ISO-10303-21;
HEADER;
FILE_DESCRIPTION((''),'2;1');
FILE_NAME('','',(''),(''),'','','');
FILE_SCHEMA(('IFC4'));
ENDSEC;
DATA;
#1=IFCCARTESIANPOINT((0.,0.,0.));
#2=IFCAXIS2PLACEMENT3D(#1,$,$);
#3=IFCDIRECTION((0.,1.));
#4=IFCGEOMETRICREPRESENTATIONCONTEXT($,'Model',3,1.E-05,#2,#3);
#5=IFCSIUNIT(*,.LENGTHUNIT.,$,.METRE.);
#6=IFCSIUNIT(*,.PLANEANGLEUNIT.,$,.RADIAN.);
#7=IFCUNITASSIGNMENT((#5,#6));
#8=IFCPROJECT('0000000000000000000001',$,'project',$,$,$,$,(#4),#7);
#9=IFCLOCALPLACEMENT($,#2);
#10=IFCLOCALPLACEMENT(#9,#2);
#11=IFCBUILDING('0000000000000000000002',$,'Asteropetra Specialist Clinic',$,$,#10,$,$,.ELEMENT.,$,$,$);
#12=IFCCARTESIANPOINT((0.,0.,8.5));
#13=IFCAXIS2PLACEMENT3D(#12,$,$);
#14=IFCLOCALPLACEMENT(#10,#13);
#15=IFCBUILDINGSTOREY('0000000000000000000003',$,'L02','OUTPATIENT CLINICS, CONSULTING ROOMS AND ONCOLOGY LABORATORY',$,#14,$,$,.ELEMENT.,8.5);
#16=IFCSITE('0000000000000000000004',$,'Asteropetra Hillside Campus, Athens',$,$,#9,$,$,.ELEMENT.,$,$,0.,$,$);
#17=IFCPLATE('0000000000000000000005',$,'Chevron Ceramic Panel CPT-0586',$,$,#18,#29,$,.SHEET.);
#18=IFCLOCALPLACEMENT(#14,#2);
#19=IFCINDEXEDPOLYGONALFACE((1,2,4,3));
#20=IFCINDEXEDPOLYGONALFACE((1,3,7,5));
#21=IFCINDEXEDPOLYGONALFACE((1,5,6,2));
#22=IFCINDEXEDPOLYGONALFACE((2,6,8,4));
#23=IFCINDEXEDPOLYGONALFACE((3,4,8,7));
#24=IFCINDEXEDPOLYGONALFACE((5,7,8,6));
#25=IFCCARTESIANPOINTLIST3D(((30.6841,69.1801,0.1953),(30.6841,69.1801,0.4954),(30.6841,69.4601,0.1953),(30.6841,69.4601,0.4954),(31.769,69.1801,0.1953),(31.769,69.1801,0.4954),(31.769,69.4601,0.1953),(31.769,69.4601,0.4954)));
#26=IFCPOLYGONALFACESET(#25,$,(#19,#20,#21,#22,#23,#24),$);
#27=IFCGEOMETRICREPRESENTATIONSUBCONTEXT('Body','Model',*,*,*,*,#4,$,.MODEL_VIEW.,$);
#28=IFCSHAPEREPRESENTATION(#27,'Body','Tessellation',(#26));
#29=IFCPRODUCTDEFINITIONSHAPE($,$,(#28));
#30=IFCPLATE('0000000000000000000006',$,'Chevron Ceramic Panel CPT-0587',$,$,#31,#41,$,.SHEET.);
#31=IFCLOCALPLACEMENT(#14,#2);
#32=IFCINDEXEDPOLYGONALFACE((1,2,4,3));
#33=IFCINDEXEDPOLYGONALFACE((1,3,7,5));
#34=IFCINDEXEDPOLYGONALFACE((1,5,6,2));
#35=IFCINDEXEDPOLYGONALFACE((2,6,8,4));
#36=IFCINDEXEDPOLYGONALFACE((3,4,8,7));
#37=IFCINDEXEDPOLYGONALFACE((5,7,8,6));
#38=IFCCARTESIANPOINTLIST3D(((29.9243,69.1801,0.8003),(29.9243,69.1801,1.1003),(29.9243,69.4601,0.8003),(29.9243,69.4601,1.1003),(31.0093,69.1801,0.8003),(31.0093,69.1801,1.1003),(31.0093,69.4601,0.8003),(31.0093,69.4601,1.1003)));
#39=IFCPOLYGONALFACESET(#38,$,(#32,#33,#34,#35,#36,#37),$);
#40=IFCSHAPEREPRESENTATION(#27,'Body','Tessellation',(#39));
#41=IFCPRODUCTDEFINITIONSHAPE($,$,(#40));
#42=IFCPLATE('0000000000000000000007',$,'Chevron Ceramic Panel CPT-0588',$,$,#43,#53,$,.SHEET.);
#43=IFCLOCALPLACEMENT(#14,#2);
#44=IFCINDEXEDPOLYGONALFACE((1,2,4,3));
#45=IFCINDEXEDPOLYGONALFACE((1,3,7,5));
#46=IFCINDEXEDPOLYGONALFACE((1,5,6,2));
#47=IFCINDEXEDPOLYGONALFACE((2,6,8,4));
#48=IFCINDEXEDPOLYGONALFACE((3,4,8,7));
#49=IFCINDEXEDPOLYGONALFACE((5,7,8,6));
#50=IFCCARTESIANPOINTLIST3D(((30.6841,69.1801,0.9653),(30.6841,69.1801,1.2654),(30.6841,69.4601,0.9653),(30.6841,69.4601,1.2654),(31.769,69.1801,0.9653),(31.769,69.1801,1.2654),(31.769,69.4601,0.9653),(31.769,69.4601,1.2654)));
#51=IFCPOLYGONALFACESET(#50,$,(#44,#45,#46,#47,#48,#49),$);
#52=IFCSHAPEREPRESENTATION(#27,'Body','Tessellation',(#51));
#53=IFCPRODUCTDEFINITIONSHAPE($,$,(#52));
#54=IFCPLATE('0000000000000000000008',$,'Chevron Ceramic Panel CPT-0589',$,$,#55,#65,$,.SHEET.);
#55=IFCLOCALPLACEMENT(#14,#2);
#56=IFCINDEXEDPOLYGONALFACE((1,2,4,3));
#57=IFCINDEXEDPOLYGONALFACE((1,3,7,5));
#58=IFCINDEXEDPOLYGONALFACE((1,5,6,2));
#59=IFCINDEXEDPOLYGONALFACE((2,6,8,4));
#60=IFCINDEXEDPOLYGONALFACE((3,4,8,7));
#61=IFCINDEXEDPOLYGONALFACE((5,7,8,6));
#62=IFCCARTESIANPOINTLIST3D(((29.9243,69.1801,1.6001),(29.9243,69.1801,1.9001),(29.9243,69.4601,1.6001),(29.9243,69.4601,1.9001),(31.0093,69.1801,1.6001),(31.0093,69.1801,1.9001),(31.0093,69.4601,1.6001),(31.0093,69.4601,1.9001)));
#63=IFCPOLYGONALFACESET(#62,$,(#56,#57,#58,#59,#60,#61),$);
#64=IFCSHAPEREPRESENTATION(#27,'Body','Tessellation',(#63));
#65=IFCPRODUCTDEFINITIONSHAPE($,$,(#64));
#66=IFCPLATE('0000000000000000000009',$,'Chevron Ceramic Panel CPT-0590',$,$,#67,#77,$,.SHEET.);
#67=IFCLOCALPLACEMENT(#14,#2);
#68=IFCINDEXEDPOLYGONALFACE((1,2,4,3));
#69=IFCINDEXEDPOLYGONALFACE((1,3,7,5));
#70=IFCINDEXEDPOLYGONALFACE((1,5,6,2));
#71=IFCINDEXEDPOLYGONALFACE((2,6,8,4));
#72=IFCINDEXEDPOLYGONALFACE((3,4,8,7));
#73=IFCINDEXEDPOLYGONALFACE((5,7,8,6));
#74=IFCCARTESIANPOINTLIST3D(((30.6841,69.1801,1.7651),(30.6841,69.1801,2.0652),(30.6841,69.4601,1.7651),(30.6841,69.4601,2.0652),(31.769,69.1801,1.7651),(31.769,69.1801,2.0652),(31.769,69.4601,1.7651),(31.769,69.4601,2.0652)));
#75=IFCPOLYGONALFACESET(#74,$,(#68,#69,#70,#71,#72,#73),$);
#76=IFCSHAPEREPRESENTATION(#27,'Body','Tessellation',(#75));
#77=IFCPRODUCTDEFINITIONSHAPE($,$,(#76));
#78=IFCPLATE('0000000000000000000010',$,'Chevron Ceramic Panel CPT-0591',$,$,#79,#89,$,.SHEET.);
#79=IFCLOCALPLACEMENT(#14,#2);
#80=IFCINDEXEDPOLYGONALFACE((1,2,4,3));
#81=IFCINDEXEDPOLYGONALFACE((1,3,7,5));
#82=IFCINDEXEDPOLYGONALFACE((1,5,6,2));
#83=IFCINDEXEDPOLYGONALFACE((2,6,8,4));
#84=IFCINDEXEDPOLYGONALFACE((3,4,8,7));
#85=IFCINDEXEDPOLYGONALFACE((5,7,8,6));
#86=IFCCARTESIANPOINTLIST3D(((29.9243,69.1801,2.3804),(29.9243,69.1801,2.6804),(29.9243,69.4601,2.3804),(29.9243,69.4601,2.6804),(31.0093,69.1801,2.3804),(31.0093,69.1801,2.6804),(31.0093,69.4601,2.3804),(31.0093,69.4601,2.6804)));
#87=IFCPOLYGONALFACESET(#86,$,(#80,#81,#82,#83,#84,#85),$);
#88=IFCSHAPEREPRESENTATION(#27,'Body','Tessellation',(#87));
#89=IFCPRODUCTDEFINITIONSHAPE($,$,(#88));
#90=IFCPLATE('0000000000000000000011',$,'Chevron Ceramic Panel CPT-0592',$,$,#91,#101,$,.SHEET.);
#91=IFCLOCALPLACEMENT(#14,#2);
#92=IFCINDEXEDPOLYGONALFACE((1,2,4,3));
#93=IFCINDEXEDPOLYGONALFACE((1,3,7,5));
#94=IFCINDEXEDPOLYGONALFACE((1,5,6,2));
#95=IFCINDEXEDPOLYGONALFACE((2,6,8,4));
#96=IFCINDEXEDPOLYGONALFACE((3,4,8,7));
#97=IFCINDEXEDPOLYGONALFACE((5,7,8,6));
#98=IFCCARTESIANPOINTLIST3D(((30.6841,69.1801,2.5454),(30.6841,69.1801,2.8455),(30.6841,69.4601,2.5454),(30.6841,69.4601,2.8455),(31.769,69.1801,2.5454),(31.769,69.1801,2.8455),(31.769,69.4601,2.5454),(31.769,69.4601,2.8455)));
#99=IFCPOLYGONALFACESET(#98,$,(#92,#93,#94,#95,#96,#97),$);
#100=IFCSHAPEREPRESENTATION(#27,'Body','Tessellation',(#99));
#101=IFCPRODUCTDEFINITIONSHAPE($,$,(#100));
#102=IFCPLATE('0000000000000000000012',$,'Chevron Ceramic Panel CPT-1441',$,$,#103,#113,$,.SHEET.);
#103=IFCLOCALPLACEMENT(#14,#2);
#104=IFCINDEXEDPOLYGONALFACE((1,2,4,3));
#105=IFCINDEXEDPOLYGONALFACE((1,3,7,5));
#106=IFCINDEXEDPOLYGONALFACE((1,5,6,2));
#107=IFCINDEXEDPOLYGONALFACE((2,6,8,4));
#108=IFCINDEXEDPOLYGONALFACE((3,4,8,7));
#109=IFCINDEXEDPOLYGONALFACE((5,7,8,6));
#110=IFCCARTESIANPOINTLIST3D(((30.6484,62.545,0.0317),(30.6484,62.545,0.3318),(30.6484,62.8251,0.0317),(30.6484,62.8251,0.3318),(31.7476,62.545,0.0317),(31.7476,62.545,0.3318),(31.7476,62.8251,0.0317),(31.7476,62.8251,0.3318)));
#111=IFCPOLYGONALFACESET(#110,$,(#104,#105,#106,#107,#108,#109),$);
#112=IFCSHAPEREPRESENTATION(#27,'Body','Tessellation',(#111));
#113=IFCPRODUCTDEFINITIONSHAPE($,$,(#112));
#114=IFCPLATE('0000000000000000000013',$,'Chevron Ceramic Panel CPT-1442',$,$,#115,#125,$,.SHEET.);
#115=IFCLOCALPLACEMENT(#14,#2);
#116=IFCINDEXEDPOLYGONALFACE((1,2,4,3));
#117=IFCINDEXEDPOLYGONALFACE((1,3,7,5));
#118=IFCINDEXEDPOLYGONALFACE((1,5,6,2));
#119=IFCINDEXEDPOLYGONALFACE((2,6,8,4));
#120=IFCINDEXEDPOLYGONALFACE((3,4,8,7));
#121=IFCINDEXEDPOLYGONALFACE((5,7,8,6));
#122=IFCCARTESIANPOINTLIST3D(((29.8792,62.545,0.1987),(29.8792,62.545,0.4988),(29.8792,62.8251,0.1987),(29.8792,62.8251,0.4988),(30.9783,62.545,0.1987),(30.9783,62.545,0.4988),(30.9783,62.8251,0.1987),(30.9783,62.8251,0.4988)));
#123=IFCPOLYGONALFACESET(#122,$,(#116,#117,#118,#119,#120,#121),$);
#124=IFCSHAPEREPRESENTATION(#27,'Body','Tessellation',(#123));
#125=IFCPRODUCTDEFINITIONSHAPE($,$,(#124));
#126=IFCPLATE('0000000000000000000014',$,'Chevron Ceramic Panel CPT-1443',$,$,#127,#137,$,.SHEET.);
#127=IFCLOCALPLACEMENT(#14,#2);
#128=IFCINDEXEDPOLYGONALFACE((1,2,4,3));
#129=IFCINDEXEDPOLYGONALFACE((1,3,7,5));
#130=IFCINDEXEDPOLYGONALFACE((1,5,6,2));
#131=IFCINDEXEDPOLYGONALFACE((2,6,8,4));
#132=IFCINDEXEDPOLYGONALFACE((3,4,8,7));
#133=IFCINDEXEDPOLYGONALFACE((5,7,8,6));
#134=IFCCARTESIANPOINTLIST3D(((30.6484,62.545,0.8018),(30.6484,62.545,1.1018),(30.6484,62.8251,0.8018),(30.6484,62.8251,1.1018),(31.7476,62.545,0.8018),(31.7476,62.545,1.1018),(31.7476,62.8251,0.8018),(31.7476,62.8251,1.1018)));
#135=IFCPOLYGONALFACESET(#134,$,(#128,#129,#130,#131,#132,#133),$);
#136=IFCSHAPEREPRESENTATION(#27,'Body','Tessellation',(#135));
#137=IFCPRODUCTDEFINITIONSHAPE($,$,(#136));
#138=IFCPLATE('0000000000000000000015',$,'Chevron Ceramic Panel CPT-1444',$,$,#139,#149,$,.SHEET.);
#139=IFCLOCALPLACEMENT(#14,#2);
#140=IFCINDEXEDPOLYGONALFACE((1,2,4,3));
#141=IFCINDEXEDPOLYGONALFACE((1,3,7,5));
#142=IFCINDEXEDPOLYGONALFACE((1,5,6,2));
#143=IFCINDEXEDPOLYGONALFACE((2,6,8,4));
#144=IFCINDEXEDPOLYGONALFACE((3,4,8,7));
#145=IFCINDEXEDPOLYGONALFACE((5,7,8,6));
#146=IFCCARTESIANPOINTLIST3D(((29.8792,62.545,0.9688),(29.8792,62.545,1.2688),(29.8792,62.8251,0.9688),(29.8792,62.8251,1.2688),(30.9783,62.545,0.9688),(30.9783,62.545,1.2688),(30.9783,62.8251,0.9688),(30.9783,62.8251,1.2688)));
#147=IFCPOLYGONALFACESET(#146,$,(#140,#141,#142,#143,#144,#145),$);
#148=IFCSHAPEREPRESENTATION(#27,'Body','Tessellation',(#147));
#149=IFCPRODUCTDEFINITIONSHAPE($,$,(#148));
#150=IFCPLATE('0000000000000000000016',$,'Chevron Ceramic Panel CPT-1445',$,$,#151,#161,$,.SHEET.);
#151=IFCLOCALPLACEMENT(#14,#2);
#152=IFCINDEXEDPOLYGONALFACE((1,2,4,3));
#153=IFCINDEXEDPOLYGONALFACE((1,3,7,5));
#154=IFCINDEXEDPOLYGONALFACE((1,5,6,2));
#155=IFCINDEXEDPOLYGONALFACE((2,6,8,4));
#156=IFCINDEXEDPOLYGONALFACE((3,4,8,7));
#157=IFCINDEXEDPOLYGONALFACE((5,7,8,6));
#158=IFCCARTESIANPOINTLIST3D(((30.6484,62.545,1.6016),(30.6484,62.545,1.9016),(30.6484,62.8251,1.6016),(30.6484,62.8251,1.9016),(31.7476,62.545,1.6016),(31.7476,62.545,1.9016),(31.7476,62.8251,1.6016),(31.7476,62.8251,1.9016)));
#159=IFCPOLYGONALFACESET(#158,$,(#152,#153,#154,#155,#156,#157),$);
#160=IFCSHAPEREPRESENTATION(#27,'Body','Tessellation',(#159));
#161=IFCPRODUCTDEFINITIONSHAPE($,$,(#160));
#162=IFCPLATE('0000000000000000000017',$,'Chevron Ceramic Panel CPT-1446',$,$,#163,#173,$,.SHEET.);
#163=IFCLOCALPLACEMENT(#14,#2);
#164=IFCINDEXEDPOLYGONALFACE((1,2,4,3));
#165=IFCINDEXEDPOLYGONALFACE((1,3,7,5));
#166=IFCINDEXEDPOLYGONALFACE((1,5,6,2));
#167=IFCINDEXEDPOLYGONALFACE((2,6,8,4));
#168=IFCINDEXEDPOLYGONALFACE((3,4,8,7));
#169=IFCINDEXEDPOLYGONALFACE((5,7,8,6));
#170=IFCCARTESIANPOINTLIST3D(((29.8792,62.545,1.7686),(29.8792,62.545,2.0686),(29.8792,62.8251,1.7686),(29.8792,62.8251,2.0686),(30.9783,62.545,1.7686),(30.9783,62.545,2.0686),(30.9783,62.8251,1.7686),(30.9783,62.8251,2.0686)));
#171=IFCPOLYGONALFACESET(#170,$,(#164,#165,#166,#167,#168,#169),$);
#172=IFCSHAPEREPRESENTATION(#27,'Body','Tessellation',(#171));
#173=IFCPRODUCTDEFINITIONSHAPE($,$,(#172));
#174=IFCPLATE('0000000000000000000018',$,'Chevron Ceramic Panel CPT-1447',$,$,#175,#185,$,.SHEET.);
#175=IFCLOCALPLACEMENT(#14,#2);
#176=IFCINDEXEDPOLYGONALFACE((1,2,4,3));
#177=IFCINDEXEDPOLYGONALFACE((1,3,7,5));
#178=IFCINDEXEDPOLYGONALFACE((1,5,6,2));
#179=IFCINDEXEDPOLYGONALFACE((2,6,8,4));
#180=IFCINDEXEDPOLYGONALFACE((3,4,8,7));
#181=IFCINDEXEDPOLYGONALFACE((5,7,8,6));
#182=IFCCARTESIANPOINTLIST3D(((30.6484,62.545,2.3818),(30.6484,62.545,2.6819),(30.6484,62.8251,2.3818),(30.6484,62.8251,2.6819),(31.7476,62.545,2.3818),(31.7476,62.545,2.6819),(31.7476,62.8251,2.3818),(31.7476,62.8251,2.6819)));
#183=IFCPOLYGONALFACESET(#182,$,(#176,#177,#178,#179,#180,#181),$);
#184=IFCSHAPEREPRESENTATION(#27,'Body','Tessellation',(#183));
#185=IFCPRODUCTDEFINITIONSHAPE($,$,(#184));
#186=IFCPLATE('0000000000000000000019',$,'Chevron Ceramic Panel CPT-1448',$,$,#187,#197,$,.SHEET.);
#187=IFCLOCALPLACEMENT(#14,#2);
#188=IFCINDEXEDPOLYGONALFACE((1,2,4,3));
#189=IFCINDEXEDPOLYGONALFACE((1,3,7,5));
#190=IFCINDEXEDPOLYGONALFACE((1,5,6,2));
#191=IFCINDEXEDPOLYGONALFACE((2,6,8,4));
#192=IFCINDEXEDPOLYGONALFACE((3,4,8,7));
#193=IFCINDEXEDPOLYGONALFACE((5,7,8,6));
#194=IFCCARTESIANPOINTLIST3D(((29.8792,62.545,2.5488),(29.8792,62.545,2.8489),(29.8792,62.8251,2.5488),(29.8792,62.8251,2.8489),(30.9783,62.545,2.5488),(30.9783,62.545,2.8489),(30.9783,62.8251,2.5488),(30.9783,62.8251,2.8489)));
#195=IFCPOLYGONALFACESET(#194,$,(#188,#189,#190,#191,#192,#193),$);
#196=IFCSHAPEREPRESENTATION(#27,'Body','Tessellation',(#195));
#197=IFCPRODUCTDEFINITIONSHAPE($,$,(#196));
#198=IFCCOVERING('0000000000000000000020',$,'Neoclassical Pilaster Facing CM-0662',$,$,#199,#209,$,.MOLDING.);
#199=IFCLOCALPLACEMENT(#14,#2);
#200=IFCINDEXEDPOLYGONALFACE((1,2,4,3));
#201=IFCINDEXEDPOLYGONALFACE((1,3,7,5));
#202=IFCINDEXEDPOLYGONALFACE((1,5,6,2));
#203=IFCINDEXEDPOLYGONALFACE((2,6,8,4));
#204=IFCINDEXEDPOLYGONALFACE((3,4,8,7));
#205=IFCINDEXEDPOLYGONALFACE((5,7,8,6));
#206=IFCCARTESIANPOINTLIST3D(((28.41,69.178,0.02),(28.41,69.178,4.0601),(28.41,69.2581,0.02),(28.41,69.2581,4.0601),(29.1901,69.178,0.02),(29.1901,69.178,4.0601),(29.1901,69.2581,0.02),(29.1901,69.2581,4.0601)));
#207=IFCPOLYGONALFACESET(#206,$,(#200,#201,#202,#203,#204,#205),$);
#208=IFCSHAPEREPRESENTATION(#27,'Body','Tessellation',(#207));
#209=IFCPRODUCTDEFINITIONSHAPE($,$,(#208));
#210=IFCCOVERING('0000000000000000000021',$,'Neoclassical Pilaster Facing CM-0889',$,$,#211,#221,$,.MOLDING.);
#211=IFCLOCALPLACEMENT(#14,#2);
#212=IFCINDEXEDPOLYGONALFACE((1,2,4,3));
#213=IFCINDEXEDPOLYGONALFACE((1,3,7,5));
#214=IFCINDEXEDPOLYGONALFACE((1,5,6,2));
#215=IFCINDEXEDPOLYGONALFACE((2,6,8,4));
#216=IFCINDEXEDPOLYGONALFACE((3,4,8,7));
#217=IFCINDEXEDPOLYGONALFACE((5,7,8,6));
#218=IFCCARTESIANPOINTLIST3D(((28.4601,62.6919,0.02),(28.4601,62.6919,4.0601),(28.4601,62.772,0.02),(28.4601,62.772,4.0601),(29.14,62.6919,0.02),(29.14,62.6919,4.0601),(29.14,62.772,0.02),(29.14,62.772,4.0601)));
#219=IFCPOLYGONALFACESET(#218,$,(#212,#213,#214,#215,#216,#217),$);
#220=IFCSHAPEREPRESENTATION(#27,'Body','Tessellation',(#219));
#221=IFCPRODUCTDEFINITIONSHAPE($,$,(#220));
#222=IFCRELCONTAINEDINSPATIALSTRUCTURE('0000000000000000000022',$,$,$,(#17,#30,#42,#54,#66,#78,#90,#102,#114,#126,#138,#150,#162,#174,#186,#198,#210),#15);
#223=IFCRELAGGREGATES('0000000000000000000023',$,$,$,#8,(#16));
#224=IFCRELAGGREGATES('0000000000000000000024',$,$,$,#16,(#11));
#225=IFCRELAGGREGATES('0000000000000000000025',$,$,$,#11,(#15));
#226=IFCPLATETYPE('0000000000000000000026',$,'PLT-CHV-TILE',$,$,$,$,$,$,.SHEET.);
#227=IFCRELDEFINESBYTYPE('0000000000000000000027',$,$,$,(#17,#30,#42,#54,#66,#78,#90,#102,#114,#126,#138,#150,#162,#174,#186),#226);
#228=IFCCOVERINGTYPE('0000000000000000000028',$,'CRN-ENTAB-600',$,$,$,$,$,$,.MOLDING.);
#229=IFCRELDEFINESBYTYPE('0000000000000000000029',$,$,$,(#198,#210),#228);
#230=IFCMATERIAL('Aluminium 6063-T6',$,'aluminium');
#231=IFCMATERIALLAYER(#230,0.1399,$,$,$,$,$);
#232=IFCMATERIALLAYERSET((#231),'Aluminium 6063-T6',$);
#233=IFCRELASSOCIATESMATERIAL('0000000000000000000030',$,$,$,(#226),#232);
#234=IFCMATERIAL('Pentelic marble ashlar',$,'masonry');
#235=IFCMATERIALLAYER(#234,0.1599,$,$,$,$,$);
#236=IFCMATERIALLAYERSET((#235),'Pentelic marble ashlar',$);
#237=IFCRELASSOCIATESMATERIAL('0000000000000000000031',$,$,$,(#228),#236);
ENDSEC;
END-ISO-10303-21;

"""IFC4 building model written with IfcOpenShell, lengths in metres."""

from ifc_helpers import new_model, si_unit, direction, frame, origin, origin_2d, place, context, subcontext, project, spatial, rectangle, extrude, material, layer, layer_set, type_object, element, save


model = new_model("IFC4")

# Units and contexts
model_context = context("Model", 3, precision=1e-05, world=origin(), true_north=direction((0.0, 1.0)))
body_context = subcontext(model_context, "Body", "Model", "MODEL_VIEW")
ifc_project = project(units=[si_unit("LENGTHUNIT", "METRE"), si_unit("PLANEANGLEUNIT", "RADIAN")], contexts=[model_context])

# Site, building, storey
site_placement = place(None, origin())
site = spatial("IfcSite", under=ifc_project, at=site_placement, Name="Asteropetra Hillside Campus, Athens", CompositionType="ELEMENT", RefElevation=0.0)
building_placement = place(site_placement, origin())
building = spatial("IfcBuilding", under=site, at=building_placement, Name="Asteropetra Specialist Clinic", CompositionType="ELEMENT")
storey_placement = place(building_placement, frame((0.0, 0.0, 8.5)))
storey = spatial("IfcBuildingStorey", under=building, at=storey_placement, Name="L02", Description="OUTPATIENT CLINICS, CONSULTING ROOMS AND ONCOLOGY LABORATORY", CompositionType="ELEMENT", Elevation=8.5)

# Plates
ifc_material_1 = material(Name="Aluminium 6063-T6", Category="aluminium")
ifc_layer_1 = layer(ifc_material_1, 0.1399)
ifc_layer_set_1 = layer_set([ifc_layer_1], Name="Aluminium 6063-T6")
plate_type_1 = type_object("IfcPlateType", Name="PLT-CHV-TILE", PredefinedType="SHEET", material=ifc_layer_set_1)
for number, where, z_axis, x_axis, name in (
    (1, (31.2266, 69.3201, 0.1953), (0.0, 0.0, 1.0), (1.0, 0.0, 0.0), "Chevron Ceramic Panel CPT-0586"),
    (2, (30.4668, 69.3201, 0.8003), (0.0, 0.0, 1.0), (1.0, 0.0, 0.0), "Chevron Ceramic Panel CPT-0587"),
    (3, (31.2266, 69.3201, 0.9653), (0.0, 0.0, 1.0), (1.0, 0.0, 0.0), "Chevron Ceramic Panel CPT-0588"),
    (4, (30.4668, 69.3201, 1.6001), (0.0, 0.0, 1.0), (1.0, 0.0, 0.0), "Chevron Ceramic Panel CPT-0589"),
    (5, (31.2266, 69.3201, 1.7651), (0.0, 0.0, 1.0), (1.0, 0.0, 0.0), "Chevron Ceramic Panel CPT-0590"),
    (6, (30.4668, 69.3201, 2.3804), (0.0, 0.0, 1.0), (1.0, 0.0, 0.0), "Chevron Ceramic Panel CPT-0591"),
    (7, (31.2266, 69.3201, 2.5454), (0.0, 0.0, 1.0), (1.0, 0.0, 0.0), "Chevron Ceramic Panel CPT-0592"),
):
    element("IfcPlate", number, at=place(storey_placement, frame(where, z_axis=z_axis, x_axis=x_axis)), inside=storey, type_object=plate_type_1, Name=name, PredefinedType="SHEET", context=body_context, shape_type="SweptSolid", body=[
        extrude(rectangle(XDim=1.085, YDim=0.28, at=origin_2d()), origin(), (0.0, 0.0, 1.0), 0.3),
    ])
for number, where, z_axis, x_axis, name in (
    (8, (31.198, 62.6851, 0.0317), (0.0, 0.0, 1.0), (1.0, 0.0, 0.0), "Chevron Ceramic Panel CPT-1441"),
    (9, (30.4287, 62.6851, 0.1987), (0.0, 0.0, 1.0), (1.0, 0.0, 0.0), "Chevron Ceramic Panel CPT-1442"),
    (10, (31.198, 62.6851, 0.8018), (0.0, 0.0, 1.0), (1.0, 0.0, 0.0), "Chevron Ceramic Panel CPT-1443"),
    (11, (30.4287, 62.6851, 0.9688), (0.0, 0.0, 1.0), (1.0, 0.0, 0.0), "Chevron Ceramic Panel CPT-1444"),
    (12, (31.198, 62.6851, 1.6016), (0.0, 0.0, 1.0), (1.0, 0.0, 0.0), "Chevron Ceramic Panel CPT-1445"),
    (13, (30.4287, 62.6851, 1.7686), (0.0, 0.0, 1.0), (1.0, 0.0, 0.0), "Chevron Ceramic Panel CPT-1446"),
    (14, (31.198, 62.6851, 2.3818), (0.0, 0.0, 1.0), (1.0, 0.0, 0.0), "Chevron Ceramic Panel CPT-1447"),
    (15, (30.4287, 62.6851, 2.5488), (0.0, 0.0, 1.0), (1.0, 0.0, 0.0), "Chevron Ceramic Panel CPT-1448"),
):
    element("IfcPlate", number, at=place(storey_placement, frame(where, z_axis=z_axis, x_axis=x_axis)), inside=storey, type_object=plate_type_1, Name=name, PredefinedType="SHEET", context=body_context, shape_type="SweptSolid", body=[
        extrude(rectangle(XDim=1.0991, YDim=0.28, at=origin_2d()), origin(), (0.0, 0.0, 1.0), 0.3),
    ])

# Coverings
ifc_material_2 = material(Name="Pentelic marble ashlar", Category="masonry")
ifc_layer_2 = layer(ifc_material_2, 0.1599)
ifc_layer_set_2 = layer_set([ifc_layer_2], Name="Pentelic marble ashlar")
covering_type = type_object("IfcCoveringType", Name="CRN-ENTAB-600", PredefinedType="MOLDING", material=ifc_layer_set_2)
covering_1_placement = place(storey_placement, frame((28.8, 69.218, 0.02), z_axis=(0.0, 0.0, 1.0), x_axis=(1.0, 0.0, 0.0)))
element("IfcCovering", 16, at=covering_1_placement, inside=storey, type_object=covering_type, Name="Neoclassical Pilaster Facing CM-0662", PredefinedType="MOLDING", context=body_context, shape_type="SweptSolid", body=[
    extrude(rectangle(XDim=0.78, YDim=0.0801, at=origin_2d()), origin(), (0.0, 0.0, 1.0), 4.04),
])
covering_2_placement = place(storey_placement, frame((28.8, 62.7319, 0.02), z_axis=(0.0, 0.0, 1.0), x_axis=(1.0, 0.0, 0.0)))
element("IfcCovering", 17, at=covering_2_placement, inside=storey, type_object=covering_type, Name="Neoclassical Pilaster Facing CM-0889", PredefinedType="MOLDING", context=body_context, shape_type="SweptSolid", body=[
    extrude(rectangle(XDim=0.6799, YDim=0.0801, at=origin_2d()), origin(), (0.0, 0.0, 1.0), 4.04),
])

save(model, "model.ifc")
